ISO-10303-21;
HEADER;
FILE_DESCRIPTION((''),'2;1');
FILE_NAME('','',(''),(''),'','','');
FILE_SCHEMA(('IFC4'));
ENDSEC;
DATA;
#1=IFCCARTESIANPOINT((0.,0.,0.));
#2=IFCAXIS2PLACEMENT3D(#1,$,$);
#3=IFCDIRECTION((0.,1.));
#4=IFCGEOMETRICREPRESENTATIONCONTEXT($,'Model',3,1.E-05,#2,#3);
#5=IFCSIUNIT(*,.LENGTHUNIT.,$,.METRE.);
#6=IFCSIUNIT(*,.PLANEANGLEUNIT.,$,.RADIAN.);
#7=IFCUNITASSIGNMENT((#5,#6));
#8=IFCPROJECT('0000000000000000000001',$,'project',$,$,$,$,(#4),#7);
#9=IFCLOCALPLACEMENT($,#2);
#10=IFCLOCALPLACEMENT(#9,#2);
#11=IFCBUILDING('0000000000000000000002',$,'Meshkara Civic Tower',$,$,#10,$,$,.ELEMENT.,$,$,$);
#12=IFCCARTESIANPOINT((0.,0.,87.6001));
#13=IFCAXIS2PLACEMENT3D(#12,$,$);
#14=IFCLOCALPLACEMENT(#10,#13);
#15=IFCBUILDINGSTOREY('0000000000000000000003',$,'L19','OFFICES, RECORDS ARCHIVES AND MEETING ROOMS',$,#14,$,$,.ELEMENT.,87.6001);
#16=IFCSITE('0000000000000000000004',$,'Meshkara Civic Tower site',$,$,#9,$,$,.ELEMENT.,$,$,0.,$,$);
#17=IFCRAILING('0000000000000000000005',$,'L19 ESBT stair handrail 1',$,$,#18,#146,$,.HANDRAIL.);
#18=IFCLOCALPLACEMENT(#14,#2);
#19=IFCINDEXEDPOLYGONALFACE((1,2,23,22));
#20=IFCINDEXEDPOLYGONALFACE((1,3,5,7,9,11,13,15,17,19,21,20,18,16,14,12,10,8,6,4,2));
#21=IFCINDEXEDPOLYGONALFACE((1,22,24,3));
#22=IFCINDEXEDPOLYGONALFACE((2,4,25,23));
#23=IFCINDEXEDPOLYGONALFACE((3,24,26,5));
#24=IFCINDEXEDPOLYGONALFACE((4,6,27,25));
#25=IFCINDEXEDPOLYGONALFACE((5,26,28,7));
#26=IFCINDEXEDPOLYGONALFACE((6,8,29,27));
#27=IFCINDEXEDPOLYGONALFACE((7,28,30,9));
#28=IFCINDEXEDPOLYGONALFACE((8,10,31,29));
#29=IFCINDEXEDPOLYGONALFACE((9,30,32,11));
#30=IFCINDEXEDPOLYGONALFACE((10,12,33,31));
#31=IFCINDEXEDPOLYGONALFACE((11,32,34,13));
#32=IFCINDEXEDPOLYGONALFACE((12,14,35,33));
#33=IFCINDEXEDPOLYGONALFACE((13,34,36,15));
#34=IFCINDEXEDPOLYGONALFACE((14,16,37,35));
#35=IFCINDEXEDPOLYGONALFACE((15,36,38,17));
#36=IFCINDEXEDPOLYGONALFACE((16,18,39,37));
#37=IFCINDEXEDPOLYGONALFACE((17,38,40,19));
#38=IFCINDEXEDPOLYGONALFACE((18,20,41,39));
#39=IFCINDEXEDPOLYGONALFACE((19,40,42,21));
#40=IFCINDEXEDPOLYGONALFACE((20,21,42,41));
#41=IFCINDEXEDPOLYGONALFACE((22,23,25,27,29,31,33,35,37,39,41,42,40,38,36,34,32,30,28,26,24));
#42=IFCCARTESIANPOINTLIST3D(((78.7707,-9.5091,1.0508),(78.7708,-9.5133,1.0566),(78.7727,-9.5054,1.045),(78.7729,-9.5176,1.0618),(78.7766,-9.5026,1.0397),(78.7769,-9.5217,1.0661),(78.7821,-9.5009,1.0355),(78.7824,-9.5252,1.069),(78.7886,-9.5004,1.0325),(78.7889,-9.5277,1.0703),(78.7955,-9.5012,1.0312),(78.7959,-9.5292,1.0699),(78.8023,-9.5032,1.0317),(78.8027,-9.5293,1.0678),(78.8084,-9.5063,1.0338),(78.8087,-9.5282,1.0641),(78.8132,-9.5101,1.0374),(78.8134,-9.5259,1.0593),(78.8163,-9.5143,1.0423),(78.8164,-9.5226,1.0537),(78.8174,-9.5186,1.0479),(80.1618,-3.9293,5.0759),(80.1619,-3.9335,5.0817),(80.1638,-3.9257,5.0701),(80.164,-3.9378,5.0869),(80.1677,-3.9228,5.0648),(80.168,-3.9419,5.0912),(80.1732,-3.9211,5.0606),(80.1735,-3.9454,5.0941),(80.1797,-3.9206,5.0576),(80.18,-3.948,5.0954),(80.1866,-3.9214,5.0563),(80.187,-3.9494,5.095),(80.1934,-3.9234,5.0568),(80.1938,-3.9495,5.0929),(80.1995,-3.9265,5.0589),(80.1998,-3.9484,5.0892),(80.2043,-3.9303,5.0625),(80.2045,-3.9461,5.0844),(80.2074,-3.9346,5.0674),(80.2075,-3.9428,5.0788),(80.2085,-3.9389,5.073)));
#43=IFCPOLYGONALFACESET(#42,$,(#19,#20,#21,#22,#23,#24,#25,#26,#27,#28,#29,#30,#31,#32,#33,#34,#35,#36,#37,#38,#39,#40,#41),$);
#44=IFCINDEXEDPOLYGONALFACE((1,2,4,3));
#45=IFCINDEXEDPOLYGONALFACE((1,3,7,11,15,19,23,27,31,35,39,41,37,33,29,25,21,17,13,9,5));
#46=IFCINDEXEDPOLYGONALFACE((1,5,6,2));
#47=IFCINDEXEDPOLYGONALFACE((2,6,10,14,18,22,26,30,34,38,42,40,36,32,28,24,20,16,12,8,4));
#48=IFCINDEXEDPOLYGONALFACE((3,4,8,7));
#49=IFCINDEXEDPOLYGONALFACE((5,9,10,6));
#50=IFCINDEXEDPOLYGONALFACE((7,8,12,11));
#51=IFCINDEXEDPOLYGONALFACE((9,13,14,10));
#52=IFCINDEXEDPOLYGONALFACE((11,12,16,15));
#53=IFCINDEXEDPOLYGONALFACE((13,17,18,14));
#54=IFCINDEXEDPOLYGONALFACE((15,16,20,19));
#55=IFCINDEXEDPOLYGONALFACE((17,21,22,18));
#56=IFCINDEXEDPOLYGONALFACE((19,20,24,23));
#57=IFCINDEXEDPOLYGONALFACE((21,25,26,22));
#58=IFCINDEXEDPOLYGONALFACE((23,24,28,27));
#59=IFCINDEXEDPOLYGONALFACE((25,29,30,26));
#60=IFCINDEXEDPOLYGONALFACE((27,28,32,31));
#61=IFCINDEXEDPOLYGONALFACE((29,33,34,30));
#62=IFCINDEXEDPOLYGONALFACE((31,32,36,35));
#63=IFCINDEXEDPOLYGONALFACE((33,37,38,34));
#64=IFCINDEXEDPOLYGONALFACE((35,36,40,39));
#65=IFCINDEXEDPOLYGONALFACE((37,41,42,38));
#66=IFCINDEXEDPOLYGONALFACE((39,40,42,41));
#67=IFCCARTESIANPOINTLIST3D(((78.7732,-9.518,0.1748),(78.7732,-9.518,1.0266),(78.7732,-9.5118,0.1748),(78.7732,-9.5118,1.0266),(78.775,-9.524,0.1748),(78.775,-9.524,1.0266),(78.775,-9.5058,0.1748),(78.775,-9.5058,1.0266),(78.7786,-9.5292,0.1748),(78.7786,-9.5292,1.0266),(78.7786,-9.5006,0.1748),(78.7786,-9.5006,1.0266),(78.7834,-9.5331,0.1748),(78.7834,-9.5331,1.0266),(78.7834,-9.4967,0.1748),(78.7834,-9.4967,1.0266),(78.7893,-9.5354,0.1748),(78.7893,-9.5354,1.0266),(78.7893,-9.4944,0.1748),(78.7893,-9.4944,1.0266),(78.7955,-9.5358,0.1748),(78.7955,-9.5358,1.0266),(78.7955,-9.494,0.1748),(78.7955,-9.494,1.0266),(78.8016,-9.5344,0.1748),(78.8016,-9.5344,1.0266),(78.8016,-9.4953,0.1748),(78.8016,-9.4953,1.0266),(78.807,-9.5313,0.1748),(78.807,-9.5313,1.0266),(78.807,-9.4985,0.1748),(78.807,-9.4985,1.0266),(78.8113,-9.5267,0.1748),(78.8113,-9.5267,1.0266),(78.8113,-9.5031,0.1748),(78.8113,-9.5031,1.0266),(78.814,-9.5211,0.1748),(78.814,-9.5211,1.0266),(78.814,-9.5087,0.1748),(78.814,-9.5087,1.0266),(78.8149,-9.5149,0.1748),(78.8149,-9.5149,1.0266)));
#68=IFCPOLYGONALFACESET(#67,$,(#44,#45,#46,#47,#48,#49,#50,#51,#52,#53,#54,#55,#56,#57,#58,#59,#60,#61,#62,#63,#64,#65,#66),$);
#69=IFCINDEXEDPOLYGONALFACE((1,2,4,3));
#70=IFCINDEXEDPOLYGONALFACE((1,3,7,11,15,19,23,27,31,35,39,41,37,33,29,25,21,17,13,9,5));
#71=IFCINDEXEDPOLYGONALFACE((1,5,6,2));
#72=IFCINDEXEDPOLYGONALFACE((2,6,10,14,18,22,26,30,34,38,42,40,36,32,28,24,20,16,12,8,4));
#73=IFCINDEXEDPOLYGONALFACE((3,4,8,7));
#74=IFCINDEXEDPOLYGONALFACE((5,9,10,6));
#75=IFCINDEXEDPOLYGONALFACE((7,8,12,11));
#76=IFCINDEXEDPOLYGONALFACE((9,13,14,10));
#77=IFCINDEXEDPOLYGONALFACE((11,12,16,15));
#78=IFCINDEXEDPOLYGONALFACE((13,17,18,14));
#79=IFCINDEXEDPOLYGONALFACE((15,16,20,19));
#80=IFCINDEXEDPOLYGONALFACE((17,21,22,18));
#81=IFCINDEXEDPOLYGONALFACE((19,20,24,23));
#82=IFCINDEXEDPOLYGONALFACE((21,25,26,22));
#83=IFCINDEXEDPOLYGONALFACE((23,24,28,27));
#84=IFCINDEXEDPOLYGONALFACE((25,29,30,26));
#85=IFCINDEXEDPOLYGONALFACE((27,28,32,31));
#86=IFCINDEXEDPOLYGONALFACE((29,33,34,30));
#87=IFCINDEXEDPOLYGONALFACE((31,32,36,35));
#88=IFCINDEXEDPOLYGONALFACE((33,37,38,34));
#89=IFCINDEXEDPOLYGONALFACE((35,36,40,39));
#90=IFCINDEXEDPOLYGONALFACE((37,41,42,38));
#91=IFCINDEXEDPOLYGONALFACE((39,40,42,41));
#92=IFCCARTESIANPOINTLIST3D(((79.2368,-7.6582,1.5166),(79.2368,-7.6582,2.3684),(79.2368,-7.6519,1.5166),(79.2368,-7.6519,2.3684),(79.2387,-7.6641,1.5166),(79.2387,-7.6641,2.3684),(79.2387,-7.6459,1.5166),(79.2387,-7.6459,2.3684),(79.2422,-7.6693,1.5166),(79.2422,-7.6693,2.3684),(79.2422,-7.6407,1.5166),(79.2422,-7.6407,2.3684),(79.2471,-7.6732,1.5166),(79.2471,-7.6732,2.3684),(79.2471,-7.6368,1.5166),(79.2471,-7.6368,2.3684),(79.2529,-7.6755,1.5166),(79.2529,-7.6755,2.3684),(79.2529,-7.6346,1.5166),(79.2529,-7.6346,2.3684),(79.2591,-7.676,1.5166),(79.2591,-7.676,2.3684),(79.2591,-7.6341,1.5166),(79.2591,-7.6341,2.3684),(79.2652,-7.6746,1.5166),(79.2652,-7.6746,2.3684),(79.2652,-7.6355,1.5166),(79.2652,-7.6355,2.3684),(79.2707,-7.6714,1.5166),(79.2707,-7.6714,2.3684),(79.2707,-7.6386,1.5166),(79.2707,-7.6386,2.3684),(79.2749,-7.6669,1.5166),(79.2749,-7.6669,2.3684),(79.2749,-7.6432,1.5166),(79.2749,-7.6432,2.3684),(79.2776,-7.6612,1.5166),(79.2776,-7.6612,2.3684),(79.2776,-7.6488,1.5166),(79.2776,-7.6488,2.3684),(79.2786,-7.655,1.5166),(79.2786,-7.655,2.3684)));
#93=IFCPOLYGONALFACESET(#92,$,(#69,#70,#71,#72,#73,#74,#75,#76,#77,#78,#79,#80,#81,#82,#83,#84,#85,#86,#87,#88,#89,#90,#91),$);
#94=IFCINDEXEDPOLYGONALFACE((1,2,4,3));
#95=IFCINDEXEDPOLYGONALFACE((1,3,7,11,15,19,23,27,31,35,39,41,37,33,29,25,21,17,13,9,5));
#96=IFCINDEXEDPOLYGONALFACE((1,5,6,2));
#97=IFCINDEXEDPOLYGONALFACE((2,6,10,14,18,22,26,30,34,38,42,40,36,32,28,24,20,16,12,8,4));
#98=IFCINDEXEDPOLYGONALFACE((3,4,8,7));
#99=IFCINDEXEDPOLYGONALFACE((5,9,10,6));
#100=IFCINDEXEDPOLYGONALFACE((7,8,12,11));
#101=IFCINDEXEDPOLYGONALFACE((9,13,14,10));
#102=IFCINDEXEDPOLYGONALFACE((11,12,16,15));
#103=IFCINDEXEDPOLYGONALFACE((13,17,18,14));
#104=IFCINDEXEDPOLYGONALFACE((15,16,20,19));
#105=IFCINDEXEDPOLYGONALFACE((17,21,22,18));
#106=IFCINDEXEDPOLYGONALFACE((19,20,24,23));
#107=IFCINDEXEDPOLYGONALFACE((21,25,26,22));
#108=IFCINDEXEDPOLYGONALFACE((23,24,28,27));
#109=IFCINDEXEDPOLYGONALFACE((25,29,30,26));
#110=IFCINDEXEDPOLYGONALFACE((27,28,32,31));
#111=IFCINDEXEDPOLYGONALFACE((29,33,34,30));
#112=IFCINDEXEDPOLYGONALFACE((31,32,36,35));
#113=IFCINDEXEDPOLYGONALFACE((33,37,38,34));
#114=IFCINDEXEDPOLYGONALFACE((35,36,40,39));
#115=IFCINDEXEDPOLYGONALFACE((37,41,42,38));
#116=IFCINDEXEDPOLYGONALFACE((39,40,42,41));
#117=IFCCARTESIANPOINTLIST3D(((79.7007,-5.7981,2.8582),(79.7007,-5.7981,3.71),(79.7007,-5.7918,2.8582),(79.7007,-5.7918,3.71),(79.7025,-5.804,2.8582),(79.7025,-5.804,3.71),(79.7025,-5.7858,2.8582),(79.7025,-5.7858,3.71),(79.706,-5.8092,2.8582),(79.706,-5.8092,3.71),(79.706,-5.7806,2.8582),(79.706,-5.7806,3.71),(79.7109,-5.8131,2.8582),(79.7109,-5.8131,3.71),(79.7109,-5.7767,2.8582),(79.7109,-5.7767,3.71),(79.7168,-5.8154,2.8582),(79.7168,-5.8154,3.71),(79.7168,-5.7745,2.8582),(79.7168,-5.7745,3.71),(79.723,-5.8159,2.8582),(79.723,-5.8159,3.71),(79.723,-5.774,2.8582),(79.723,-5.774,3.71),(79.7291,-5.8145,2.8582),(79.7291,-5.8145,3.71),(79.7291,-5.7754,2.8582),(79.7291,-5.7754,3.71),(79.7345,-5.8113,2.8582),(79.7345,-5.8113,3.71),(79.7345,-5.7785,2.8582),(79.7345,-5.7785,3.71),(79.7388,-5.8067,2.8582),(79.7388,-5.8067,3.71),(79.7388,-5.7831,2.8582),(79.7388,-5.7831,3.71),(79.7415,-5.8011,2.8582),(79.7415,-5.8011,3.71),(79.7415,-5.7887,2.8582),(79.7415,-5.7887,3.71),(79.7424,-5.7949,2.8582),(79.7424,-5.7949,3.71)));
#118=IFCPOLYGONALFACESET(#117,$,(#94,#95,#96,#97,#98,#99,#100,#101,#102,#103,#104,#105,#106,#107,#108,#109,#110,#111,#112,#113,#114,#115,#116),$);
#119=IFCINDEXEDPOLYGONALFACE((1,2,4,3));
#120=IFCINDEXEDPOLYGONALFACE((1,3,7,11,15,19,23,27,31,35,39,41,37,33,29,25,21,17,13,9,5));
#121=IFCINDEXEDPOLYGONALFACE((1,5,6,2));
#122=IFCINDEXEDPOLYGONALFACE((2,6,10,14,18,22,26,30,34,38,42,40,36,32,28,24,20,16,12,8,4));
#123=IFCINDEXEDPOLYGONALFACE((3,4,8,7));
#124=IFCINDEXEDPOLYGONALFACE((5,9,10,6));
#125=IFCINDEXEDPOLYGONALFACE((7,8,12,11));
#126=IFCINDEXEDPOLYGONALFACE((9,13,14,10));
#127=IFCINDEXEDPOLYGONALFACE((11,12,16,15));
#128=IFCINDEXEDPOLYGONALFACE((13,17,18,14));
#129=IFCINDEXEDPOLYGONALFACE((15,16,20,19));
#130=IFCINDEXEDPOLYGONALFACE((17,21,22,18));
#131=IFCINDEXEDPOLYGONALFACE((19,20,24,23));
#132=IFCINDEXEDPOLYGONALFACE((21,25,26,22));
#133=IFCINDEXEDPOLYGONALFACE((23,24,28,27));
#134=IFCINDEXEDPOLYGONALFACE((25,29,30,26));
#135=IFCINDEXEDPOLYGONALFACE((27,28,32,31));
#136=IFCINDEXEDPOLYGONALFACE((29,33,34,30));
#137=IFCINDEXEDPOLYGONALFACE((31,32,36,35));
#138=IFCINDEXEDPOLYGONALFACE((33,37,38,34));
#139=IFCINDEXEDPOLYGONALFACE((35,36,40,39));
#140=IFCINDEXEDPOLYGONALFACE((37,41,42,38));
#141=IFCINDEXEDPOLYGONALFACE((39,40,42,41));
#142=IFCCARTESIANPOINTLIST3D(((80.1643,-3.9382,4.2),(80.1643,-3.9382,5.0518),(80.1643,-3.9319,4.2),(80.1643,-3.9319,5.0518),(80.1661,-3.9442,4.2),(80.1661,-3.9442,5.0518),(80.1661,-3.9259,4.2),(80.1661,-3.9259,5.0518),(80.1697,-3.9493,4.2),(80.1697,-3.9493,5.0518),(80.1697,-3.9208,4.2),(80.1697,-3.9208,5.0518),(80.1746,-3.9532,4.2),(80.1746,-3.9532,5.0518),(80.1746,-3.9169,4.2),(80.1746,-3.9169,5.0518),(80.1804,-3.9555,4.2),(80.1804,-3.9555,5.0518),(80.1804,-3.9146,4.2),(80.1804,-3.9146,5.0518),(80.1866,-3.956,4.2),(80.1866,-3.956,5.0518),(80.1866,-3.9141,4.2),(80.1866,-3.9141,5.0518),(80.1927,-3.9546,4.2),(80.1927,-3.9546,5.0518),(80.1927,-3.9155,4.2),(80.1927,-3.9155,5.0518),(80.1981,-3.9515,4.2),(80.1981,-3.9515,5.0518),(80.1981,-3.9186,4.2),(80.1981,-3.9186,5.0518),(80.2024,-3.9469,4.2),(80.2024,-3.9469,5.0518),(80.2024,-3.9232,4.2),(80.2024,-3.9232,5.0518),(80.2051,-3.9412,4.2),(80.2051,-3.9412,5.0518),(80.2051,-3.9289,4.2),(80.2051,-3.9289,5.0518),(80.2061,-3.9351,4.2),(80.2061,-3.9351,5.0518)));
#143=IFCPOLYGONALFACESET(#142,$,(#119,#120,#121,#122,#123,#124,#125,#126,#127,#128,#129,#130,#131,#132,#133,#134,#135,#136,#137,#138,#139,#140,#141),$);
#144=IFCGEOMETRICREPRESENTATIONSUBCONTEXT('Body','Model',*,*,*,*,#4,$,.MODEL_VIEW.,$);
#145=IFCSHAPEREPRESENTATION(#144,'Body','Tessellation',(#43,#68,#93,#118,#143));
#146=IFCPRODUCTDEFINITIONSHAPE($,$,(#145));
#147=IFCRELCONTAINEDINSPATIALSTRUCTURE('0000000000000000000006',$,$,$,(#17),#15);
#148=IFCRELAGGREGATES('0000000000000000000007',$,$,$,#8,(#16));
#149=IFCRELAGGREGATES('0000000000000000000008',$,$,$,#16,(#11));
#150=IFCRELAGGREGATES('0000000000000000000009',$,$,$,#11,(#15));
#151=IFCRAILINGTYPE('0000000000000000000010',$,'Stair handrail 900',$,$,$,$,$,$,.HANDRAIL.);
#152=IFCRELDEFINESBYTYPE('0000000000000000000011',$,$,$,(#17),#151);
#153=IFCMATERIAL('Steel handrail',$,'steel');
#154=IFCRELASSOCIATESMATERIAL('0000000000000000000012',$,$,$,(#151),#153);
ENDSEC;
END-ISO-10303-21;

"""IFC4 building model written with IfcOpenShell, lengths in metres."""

from ifc_helpers import new_model, si_unit, direction, frame, origin, origin_2d, place, context, subcontext, project, spatial, circle, extrude, material, type_object, element, save


model = new_model("IFC4")

# Units and contexts
model_context = context("Model", 3, precision=1e-05, world=origin(), true_north=direction((0.0, 1.0)))
body_context = subcontext(model_context, "Body", "Model", "MODEL_VIEW")
ifc_project = project(units=[si_unit("LENGTHUNIT", "METRE"), si_unit("PLANEANGLEUNIT", "RADIAN")], contexts=[model_context])

# Site, building, storey
site_placement = place(None, origin())
site = spatial("IfcSite", under=ifc_project, at=site_placement, Name="Meshkara Civic Tower site", CompositionType="ELEMENT", RefElevation=0.0)
building_placement = place(site_placement, origin())
building = spatial("IfcBuilding", under=site, at=building_placement, Name="Meshkara Civic Tower", CompositionType="ELEMENT")
storey_placement = place(building_placement, frame((0.0, 0.0, 87.6001)))
storey = spatial("IfcBuildingStorey", under=building, at=storey_placement, Name="L19", Description="OFFICES, RECORDS ARCHIVES AND MEETING ROOMS", CompositionType="ELEMENT", Elevation=87.6001)

# Railing
ifc_material_1 = material(Name="Steel handrail", Category="steel")
railing_type_1 = type_object("IfcRailingType", Name="Stair handrail 900", PredefinedType="HANDRAIL", material=ifc_material_1)
railing_1_placement = place(storey_placement, frame((78.7939, -9.5149, 0.1748)))
element("IfcRailing", 1, at=railing_1_placement, inside=storey, type_object=railing_type_1, Name="L19 ESBT stair handrail 1", PredefinedType="HANDRAIL", context=body_context, shape_type="SweptSolid", body=[
    extrude(circle(Radius=0.0239, at=origin_2d()), frame((0.0, 0.0, 0.876), z_axis=(0.198182, 0.79492, 0.573434), x_axis=(-0.9703, 0.241906, 0.0)), (0.0, 0.0, 1.0), 7.0193),
    extrude(circle(Radius=0.021, at=origin_2d()), origin(), (0.0, 0.0, 1.0), 0.8518),
    extrude(circle(Radius=0.021, at=origin_2d()), frame((0.4636, 1.8599, 1.3418)), (0.0, 0.0, 1.0), 0.8518),
    extrude(circle(Radius=0.021, at=origin_2d()), frame((0.9275, 3.72, 2.6833)), (0.0, 0.0, 1.0), 0.8518),
    extrude(circle(Radius=0.021, at=origin_2d()), frame((1.3911, 5.5798, 4.0251)), (0.0, 0.0, 1.0), 0.8518),
])

save(model, "model.ifc")
